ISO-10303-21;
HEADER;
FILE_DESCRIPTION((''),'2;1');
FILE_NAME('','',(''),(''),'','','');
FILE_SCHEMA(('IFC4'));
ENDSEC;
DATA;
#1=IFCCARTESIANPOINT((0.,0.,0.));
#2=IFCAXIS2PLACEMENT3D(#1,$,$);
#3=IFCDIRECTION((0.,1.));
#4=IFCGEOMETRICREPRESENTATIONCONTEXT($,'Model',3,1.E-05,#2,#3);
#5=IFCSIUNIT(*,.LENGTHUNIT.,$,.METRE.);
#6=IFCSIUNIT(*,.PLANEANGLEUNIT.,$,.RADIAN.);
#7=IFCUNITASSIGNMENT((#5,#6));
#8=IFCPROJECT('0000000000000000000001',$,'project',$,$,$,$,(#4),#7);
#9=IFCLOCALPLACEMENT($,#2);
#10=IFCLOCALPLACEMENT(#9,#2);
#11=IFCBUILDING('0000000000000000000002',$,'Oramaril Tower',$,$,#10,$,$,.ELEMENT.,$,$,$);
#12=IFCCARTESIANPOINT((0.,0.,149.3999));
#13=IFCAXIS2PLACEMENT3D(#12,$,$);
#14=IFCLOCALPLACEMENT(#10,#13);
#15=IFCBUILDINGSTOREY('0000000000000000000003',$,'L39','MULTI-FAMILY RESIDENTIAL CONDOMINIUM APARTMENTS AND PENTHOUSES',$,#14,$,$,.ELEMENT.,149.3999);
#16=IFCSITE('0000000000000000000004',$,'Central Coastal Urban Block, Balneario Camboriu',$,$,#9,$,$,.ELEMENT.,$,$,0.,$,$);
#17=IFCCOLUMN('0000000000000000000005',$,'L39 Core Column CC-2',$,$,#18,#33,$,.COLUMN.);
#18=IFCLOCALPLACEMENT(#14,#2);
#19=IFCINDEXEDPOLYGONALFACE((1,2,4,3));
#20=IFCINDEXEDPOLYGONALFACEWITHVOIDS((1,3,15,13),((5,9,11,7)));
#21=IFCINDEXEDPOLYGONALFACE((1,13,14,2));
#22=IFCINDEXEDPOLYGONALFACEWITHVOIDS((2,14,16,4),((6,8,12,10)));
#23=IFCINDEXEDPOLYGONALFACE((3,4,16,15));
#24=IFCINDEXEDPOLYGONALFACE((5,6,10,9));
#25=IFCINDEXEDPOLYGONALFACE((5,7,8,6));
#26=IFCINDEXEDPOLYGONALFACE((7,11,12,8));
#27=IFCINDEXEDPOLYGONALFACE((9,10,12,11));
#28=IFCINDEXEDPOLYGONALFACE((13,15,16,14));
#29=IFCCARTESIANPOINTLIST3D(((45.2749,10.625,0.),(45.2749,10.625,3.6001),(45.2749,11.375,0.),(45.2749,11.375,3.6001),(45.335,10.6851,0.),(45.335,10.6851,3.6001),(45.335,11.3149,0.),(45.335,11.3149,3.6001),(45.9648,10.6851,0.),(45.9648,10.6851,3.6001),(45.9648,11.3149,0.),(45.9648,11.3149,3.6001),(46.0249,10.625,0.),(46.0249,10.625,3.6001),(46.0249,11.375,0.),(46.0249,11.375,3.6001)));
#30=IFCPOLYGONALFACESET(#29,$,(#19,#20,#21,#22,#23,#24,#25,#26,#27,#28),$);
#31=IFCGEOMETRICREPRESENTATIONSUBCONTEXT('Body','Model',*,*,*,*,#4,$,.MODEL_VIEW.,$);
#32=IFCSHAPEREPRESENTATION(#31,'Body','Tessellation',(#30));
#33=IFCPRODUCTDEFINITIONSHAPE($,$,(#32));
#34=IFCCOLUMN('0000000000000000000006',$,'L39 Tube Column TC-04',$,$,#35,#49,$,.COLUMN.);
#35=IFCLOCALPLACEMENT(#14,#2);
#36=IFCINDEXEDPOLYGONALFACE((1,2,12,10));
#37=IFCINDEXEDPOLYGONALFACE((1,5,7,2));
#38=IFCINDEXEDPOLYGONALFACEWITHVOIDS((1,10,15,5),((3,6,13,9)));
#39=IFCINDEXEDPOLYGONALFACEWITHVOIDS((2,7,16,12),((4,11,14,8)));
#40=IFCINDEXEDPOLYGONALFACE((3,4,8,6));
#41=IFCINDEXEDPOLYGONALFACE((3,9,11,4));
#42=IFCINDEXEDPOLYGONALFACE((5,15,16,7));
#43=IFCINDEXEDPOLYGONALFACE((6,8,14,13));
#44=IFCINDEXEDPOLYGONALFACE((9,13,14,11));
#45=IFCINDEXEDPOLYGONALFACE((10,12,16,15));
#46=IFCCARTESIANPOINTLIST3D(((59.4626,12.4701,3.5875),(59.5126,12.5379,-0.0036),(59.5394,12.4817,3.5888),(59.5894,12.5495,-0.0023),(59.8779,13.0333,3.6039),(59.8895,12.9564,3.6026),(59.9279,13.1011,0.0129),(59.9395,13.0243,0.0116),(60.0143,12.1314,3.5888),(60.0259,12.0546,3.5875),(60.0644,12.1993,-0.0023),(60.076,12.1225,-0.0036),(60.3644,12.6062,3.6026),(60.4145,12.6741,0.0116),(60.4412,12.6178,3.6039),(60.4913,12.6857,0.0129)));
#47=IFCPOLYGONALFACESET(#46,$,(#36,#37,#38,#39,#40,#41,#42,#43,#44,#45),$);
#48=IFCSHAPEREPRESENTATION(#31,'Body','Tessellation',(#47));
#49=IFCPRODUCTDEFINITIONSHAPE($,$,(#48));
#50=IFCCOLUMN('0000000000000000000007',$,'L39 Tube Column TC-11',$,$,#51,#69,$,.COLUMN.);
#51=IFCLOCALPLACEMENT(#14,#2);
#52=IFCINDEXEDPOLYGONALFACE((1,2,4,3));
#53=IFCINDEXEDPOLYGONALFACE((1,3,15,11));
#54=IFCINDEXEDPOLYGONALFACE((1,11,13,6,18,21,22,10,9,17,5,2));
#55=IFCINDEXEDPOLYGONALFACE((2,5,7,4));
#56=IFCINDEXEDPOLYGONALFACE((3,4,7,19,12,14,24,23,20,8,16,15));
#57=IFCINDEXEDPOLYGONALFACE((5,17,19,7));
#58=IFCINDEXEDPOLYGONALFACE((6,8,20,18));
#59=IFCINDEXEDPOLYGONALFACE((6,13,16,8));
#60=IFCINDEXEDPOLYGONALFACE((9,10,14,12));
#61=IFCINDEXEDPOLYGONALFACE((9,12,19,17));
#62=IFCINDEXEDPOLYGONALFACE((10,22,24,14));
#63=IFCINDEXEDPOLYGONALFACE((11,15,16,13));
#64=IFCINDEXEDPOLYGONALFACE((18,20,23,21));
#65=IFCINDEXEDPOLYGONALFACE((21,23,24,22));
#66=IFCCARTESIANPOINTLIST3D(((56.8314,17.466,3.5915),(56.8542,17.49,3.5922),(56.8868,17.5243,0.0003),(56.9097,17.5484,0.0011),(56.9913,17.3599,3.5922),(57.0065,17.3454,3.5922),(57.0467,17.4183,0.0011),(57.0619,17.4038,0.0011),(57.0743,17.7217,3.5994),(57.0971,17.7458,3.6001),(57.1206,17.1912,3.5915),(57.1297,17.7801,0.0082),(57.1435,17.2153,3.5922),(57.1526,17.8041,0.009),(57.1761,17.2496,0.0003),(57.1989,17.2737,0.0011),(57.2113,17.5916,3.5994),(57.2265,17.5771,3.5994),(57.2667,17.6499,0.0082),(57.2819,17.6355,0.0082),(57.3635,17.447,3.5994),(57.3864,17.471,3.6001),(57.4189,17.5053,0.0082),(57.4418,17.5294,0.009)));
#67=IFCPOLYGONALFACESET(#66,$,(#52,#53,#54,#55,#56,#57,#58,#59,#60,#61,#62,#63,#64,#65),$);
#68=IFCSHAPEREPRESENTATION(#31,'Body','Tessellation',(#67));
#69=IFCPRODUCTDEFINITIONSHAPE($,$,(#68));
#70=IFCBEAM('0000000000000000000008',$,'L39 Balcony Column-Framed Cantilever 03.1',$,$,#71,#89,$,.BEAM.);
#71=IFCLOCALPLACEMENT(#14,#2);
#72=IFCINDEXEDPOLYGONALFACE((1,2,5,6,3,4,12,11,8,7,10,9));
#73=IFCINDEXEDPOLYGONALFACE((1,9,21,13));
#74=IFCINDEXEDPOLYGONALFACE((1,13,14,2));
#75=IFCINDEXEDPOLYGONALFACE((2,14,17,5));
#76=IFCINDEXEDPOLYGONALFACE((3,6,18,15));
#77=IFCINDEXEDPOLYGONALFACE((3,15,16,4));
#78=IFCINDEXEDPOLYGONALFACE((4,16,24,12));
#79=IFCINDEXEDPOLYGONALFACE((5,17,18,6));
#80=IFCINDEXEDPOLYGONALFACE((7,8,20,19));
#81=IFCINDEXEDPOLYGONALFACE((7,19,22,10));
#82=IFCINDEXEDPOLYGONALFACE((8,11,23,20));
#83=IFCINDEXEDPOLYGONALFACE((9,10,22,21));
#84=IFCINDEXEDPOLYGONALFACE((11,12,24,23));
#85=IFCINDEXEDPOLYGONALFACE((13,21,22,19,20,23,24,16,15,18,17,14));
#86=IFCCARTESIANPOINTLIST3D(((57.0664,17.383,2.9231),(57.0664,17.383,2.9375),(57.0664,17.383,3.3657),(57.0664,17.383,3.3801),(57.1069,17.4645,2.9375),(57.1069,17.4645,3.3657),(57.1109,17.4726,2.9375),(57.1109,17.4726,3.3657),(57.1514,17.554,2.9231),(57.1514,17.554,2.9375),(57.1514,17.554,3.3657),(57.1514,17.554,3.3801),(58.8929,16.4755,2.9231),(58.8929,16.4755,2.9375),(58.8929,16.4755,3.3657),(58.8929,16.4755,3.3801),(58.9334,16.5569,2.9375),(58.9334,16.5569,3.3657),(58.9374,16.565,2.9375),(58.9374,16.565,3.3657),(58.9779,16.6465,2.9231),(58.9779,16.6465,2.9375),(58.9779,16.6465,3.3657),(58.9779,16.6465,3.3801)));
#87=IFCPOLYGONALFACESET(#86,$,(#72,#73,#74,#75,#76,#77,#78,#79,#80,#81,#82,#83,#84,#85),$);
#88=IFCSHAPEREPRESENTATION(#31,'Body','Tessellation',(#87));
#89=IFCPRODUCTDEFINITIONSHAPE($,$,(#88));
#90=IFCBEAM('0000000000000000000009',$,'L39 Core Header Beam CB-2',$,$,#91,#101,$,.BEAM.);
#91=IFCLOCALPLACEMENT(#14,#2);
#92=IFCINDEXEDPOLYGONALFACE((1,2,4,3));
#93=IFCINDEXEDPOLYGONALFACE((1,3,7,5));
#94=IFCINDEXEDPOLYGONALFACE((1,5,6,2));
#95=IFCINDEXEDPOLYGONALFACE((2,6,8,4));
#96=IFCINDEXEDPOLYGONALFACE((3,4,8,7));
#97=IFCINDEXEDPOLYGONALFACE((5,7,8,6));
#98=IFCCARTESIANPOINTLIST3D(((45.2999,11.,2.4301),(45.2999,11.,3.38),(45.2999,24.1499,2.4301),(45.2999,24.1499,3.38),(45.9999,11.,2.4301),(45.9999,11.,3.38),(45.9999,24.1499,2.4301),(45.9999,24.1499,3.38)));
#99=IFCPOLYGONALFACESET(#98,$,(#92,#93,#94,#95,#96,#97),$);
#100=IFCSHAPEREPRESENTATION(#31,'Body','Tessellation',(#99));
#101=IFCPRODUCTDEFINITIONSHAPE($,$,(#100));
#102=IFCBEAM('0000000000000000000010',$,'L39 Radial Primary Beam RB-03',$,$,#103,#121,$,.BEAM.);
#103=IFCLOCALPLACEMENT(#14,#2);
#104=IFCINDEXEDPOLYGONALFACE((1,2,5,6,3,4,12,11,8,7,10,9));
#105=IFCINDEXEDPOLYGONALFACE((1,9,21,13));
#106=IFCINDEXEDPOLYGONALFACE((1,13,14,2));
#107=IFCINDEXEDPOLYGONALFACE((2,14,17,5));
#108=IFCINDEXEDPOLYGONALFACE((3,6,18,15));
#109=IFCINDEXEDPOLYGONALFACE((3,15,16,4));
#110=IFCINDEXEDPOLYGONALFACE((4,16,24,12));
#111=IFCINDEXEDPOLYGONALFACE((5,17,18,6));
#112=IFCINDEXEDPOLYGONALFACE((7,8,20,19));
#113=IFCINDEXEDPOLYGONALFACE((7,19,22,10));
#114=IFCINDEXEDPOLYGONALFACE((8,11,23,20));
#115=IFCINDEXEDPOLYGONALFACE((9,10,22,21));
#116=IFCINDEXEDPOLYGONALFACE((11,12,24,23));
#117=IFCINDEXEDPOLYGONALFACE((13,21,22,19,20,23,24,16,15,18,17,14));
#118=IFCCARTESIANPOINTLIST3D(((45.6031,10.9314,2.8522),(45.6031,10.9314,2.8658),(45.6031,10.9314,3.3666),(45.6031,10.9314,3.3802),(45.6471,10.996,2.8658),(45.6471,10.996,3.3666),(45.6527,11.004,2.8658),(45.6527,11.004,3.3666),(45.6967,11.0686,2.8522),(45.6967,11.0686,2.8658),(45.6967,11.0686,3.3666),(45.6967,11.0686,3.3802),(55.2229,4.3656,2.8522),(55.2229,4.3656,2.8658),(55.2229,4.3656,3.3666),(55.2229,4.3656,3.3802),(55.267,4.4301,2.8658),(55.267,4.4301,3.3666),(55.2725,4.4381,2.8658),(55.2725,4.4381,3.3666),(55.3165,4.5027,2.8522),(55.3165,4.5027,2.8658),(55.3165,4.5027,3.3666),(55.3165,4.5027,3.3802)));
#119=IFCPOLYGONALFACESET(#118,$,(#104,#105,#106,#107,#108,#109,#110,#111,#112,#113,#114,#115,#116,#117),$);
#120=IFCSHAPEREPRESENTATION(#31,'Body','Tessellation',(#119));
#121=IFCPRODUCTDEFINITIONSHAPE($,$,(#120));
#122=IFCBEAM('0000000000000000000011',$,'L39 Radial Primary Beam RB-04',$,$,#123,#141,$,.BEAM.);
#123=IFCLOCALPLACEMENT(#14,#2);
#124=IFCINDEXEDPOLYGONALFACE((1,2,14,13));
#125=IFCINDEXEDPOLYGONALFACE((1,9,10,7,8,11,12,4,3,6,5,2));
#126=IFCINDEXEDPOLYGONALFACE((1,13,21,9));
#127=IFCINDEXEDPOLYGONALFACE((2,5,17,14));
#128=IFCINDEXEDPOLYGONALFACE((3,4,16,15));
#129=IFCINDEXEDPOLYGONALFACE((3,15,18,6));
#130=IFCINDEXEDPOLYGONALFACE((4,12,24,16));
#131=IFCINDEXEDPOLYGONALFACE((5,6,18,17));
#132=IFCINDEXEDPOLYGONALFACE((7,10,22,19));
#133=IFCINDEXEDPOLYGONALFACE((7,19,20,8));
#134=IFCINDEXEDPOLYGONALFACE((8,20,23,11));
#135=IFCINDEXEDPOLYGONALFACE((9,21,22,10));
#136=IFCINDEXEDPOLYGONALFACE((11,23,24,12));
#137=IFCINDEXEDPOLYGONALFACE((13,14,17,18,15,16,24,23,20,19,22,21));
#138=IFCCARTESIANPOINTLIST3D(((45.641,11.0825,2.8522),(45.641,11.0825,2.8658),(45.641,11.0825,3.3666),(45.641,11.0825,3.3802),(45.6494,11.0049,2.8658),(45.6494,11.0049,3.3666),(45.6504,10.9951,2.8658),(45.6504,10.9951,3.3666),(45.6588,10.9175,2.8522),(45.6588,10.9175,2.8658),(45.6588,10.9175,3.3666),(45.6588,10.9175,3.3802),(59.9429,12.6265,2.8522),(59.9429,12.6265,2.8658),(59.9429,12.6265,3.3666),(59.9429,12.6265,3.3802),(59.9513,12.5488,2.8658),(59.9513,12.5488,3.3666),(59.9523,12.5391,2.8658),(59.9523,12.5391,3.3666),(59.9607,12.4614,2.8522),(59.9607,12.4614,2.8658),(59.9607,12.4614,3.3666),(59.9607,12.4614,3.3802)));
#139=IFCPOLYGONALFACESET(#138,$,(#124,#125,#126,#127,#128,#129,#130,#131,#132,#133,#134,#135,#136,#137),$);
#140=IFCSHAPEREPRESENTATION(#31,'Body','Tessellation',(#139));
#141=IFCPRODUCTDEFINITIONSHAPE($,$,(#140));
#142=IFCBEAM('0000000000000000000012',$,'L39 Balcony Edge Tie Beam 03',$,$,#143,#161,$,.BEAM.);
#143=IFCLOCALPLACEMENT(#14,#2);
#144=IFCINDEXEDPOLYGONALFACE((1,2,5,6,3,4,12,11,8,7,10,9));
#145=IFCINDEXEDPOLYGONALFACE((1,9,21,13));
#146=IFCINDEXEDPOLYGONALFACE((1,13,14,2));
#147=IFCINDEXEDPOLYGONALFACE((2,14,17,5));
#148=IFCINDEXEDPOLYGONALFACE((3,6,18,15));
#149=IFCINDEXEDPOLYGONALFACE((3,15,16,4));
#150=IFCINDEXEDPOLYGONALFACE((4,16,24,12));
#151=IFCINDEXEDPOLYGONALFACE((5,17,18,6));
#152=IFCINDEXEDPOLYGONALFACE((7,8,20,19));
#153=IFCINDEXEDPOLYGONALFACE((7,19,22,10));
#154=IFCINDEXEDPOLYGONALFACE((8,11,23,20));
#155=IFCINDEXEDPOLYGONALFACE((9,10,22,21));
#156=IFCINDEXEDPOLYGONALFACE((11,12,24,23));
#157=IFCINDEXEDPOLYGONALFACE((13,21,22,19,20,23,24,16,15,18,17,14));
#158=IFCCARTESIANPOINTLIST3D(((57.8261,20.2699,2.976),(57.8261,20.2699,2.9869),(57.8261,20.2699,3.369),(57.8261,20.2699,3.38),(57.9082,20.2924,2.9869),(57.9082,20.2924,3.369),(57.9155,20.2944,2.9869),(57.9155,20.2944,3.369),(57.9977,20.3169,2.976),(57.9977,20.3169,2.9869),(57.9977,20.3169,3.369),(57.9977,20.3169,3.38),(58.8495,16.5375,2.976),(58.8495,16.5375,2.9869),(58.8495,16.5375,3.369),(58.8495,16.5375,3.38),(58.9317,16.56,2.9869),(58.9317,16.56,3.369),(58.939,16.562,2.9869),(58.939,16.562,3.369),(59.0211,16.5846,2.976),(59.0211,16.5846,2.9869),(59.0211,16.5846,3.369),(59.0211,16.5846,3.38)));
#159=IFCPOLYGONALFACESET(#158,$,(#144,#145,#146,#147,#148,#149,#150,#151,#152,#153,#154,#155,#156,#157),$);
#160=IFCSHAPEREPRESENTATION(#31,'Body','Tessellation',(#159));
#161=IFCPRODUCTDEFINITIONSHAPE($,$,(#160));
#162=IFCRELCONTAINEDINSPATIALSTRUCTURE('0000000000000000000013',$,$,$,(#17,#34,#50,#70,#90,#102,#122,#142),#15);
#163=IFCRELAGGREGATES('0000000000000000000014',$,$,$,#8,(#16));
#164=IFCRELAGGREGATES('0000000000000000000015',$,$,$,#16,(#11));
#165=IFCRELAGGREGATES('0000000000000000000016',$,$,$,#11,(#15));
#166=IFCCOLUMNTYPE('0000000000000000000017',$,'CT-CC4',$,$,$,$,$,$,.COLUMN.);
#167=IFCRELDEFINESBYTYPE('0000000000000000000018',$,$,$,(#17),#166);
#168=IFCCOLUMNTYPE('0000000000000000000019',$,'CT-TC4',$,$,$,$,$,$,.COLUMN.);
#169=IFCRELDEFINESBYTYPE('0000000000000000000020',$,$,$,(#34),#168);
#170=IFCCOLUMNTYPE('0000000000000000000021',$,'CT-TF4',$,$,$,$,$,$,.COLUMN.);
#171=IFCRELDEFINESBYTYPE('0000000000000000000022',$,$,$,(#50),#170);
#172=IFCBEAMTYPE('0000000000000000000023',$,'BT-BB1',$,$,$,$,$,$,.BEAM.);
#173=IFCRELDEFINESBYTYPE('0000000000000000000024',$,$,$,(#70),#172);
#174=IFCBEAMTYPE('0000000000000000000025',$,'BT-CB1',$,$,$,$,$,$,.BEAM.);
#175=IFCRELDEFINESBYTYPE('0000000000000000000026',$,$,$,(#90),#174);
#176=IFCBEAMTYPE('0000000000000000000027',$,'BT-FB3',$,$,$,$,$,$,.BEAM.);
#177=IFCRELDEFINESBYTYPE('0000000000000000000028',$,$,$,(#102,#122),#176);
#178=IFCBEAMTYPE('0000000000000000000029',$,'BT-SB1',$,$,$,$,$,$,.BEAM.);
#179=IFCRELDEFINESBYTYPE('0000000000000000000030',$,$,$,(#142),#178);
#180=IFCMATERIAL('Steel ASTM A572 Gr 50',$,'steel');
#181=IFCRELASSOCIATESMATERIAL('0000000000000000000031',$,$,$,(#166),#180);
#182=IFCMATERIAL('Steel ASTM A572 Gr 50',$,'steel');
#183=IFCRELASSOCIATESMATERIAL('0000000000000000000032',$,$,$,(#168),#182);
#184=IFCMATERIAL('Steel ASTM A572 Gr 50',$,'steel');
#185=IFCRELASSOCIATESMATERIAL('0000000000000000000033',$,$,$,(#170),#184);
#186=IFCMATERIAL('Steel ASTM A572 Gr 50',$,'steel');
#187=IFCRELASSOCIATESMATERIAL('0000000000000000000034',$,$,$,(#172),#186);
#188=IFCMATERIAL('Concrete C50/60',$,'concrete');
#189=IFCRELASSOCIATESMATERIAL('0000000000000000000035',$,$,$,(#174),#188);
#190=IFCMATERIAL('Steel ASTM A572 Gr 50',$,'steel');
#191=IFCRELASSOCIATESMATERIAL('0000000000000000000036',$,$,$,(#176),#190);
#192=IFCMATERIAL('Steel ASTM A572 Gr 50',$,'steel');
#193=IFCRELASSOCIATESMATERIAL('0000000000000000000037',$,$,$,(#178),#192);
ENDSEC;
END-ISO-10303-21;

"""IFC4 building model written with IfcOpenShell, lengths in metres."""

from ifc_helpers import new_model, si_unit, direction, frame, origin, origin_2d, place, context, subcontext, project, spatial, rectangle, hollow_rectangle, i_section, extrude, material, material_profile, profile_set, type_object, element, save


model = new_model("IFC4")

# Units and contexts
model_context = context("Model", 3, precision=1e-05, world=origin(), true_north=direction((0.0, 1.0)))
body_context = subcontext(model_context, "Body", "Model", "MODEL_VIEW")
ifc_project = project(units=[si_unit("LENGTHUNIT", "METRE"), si_unit("PLANEANGLEUNIT", "RADIAN")], contexts=[model_context])

# Site, building, storey
site_placement = place(None, origin())
site = spatial("IfcSite", under=ifc_project, at=site_placement, Name="Central Coastal Urban Block, Balneario Camboriu", CompositionType="ELEMENT", RefElevation=0.0)
building_placement = place(site_placement, origin())
building = spatial("IfcBuilding", under=site, at=building_placement, Name="Oramaril Tower", CompositionType="ELEMENT")
storey_placement = place(building_placement, frame((0.0, 0.0, 149.3999)))
storey = spatial("IfcBuildingStorey", under=building, at=storey_placement, Name="L39", Description="MULTI-FAMILY RESIDENTIAL CONDOMINIUM APARTMENTS AND PENTHOUSES", CompositionType="ELEMENT", Elevation=149.3999)

# Columns
ifc_material_1 = material(Name="Steel ASTM A572 Gr 50", Category="steel")
ifc_material_profile_1 = material_profile(ifc_material_1, hollow_rectangle(XDim=0.75, YDim=0.75, WallThickness=0.0601, at=origin_2d()), Name="BOX750X750X60")
ifc_profile_set_1 = profile_set([ifc_material_profile_1], Name="Steel ASTM A572 Gr 50")
column_type_1 = type_object("IfcColumnType", Name="CT-CC4", PredefinedType="COLUMN", material=ifc_profile_set_1)
column_1_placement = place(storey_placement, frame((45.6499, 11.0, 0.0), z_axis=(0.0, 0.0, 1.0), x_axis=(1.0, 0.0, 0.0)))
element("IfcColumn", 1, at=column_1_placement, inside=storey, type_object=column_type_1, Name="L39 Core Column CC-2", PredefinedType="COLUMN", context=body_context, shape_type="SweptSolid", body=[
    extrude(hollow_rectangle(XDim=0.75, YDim=0.75, WallThickness=0.0601, at=origin_2d()), origin(), (0.0, 0.0, 1.0), 3.6001),
])
ifc_material_2 = material(Name="Steel ASTM A572 Gr 50", Category="steel")
ifc_material_profile_2 = material_profile(ifc_material_2, hollow_rectangle(XDim=0.7, YDim=0.7, WallThickness=0.0549, at=origin_2d()), Name="BOX700X700X55")
ifc_profile_set_2 = profile_set([ifc_material_profile_2], Name="Steel ASTM A572 Gr 50")
column_type_2 = type_object("IfcColumnType", Name="CT-TC4", PredefinedType="COLUMN", material=ifc_profile_set_2)
column_2_placement = place(storey_placement, frame((60.002, 12.6118, 0.0046), z_axis=(-0.013933, -0.018895, 0.999724), x_axis=(0.804837, -0.593495, 0.0)))
element("IfcColumn", 2, at=column_2_placement, inside=storey, type_object=column_type_2, Name="L39 Tube Column TC-04", PredefinedType="COLUMN", context=body_context, shape_type="SweptSolid", body=[
    extrude(hollow_rectangle(XDim=0.7, YDim=0.7, WallThickness=0.0549, at=origin_2d()), origin(), (0.0, 0.0, 1.0), 3.592),
])
ifc_material_3 = material(Name="Steel ASTM A572 Gr 50", Category="steel")
ifc_material_profile_3 = material_profile(ifc_material_3, i_section(OverallWidth=0.3989, OverallDepth=0.386, WebThickness=0.021, FlangeThickness=0.0332, at=origin_2d()), Name="W14X176")
ifc_profile_set_3 = profile_set([ifc_material_profile_3], Name="Steel ASTM A572 Gr 50")
column_type_3 = type_object("IfcColumnType", Name="CT-TF4", PredefinedType="COLUMN", material=ifc_profile_set_3)
column_3_placement = place(storey_placement, frame((57.1643, 17.5269, 0.0046), z_axis=(-0.015429, -0.016244, 0.999749), x_axis=(0.725075, -0.68867, 0.0)))
element("IfcColumn", 3, at=column_3_placement, inside=storey, type_object=column_type_3, Name="L39 Tube Column TC-11", PredefinedType="COLUMN", context=body_context, shape_type="SweptSolid", body=[
    extrude(i_section(OverallWidth=0.3989, OverallDepth=0.386, WebThickness=0.021, FlangeThickness=0.0332, at=origin_2d()), origin(), (0.0, 0.0, 1.0), 3.592),
])

# Beams
ifc_material_4 = material(Name="Steel ASTM A572 Gr 50", Category="steel")
ifc_material_profile_4 = material_profile(ifc_material_4, i_section(OverallWidth=0.1909, OverallDepth=0.457, WebThickness=0.009, FlangeThickness=0.0144, at=origin_2d()), Name="W18X50")
ifc_profile_set_4 = profile_set([ifc_material_profile_4], Name="Steel ASTM A572 Gr 50")
beam_type_1 = type_object("IfcBeamType", Name="BT-BB1", PredefinedType="BEAM", material=ifc_profile_set_4)
beam_1_placement = place(storey_placement, frame((57.1089, 17.4685, 3.1516), z_axis=(0.89555, -0.444962, 0.0), x_axis=(0.444962, 0.89555, 0.0)))
element("IfcBeam", 4, at=beam_1_placement, inside=storey, type_object=beam_type_1, Name="L39 Balcony Column-Framed Cantilever 03.1", PredefinedType="BEAM", context=body_context, shape_type="SweptSolid", body=[
    extrude(i_section(OverallWidth=0.1909, OverallDepth=0.457, WebThickness=0.009, FlangeThickness=0.0144, at=origin_2d()), origin(), (0.0, 0.0, 1.0), 2.0396),
])
ifc_material_5 = material(Name="Concrete C50/60", Category="concrete")
ifc_material_profile_5 = material_profile(ifc_material_5, rectangle(XDim=0.7, YDim=0.95, at=origin_2d()), Name="CB700X950")
ifc_profile_set_5 = profile_set([ifc_material_profile_5], Name="Concrete C50/60")
beam_type_2 = type_object("IfcBeamType", Name="BT-CB1", PredefinedType="BEAM", material=ifc_profile_set_5)
beam_2_placement = place(storey_placement, frame((45.6499, 11.0, 2.905), z_axis=(0.0, 1.0, 0.0), x_axis=(-1.0, 0.0, 0.0)))
element("IfcBeam", 5, at=beam_2_placement, inside=storey, type_object=beam_type_2, Name="L39 Core Header Beam CB-2", PredefinedType="BEAM", context=body_context, shape_type="SweptSolid", body=[
    extrude(rectangle(XDim=0.7, YDim=0.95, at=origin_2d()), origin(), (0.0, 0.0, 1.0), 13.1499),
])
ifc_material_6 = material(Name="Steel ASTM A572 Gr 50", Category="steel")
ifc_material_profile_6 = material_profile(ifc_material_6, i_section(OverallWidth=0.166, OverallDepth=0.5281, WebThickness=0.0098, FlangeThickness=0.0137, at=origin_2d()), Name="W21X50")
ifc_profile_set_6 = profile_set([ifc_material_profile_6], Name="Steel ASTM A572 Gr 50")
beam_type_3 = type_object("IfcBeamType", Name="BT-FB3", PredefinedType="BEAM", material=ifc_profile_set_6)
beam_3_placement = place(storey_placement, frame((45.6499, 11.0, 3.1162), z_axis=(0.825951, -0.563742, 0.0), x_axis=(0.563742, 0.825951, 0.0)))
element("IfcBeam", 6, at=beam_3_placement, inside=storey, type_object=beam_type_3, Name="L39 Radial Primary Beam RB-03", PredefinedType="BEAM", context=body_context, shape_type="SweptSolid", body=[
    extrude(i_section(OverallWidth=0.166, OverallDepth=0.5281, WebThickness=0.0098, FlangeThickness=0.0137, at=origin_2d()), origin(), (0.0, 0.0, 1.0), 11.647),
])
beam_4_placement = place(storey_placement, frame((45.6499, 11.0, 3.1162), z_axis=(0.994224, 0.10733, 0.0), x_axis=(-0.10733, 0.994224, 0.0)))
element("IfcBeam", 7, at=beam_4_placement, inside=storey, type_object=beam_type_3, Name="L39 Radial Primary Beam RB-04", PredefinedType="BEAM", context=body_context, shape_type="SweptSolid", body=[
    extrude(i_section(OverallWidth=0.166, OverallDepth=0.5281, WebThickness=0.0098, FlangeThickness=0.0137, at=origin_2d()), origin(), (0.0, 0.0, 1.0), 14.385),
])
ifc_material_7 = material(Name="Steel ASTM A572 Gr 50", Category="steel")
ifc_material_profile_7 = material_profile(ifc_material_7, i_section(OverallWidth=0.178, OverallDepth=0.4041, WebThickness=0.0076, FlangeThickness=0.011, at=origin_2d()), Name="W16X36")
ifc_profile_set_7 = profile_set([ifc_material_profile_7], Name="Steel ASTM A572 Gr 50")
beam_type_4 = type_object("IfcBeamType", Name="BT-SB1", PredefinedType="BEAM", material=ifc_profile_set_7)
beam_5_placement = place(storey_placement, frame((58.9353, 16.561, 3.178), z_axis=(-0.264441, 0.964402, 0.0), x_axis=(-0.964402, -0.264441, 0.0)))
element("IfcBeam", 8, at=beam_5_placement, inside=storey, type_object=beam_type_4, Name="L39 Balcony Edge Tie Beam 03", PredefinedType="BEAM", context=body_context, shape_type="SweptSolid", body=[
    extrude(i_section(OverallWidth=0.178, OverallDepth=0.4041, WebThickness=0.0076, FlangeThickness=0.011, at=origin_2d()), origin(), (0.0, 0.0, 1.0), 3.8701),
])

save(model, "model.ifc")
